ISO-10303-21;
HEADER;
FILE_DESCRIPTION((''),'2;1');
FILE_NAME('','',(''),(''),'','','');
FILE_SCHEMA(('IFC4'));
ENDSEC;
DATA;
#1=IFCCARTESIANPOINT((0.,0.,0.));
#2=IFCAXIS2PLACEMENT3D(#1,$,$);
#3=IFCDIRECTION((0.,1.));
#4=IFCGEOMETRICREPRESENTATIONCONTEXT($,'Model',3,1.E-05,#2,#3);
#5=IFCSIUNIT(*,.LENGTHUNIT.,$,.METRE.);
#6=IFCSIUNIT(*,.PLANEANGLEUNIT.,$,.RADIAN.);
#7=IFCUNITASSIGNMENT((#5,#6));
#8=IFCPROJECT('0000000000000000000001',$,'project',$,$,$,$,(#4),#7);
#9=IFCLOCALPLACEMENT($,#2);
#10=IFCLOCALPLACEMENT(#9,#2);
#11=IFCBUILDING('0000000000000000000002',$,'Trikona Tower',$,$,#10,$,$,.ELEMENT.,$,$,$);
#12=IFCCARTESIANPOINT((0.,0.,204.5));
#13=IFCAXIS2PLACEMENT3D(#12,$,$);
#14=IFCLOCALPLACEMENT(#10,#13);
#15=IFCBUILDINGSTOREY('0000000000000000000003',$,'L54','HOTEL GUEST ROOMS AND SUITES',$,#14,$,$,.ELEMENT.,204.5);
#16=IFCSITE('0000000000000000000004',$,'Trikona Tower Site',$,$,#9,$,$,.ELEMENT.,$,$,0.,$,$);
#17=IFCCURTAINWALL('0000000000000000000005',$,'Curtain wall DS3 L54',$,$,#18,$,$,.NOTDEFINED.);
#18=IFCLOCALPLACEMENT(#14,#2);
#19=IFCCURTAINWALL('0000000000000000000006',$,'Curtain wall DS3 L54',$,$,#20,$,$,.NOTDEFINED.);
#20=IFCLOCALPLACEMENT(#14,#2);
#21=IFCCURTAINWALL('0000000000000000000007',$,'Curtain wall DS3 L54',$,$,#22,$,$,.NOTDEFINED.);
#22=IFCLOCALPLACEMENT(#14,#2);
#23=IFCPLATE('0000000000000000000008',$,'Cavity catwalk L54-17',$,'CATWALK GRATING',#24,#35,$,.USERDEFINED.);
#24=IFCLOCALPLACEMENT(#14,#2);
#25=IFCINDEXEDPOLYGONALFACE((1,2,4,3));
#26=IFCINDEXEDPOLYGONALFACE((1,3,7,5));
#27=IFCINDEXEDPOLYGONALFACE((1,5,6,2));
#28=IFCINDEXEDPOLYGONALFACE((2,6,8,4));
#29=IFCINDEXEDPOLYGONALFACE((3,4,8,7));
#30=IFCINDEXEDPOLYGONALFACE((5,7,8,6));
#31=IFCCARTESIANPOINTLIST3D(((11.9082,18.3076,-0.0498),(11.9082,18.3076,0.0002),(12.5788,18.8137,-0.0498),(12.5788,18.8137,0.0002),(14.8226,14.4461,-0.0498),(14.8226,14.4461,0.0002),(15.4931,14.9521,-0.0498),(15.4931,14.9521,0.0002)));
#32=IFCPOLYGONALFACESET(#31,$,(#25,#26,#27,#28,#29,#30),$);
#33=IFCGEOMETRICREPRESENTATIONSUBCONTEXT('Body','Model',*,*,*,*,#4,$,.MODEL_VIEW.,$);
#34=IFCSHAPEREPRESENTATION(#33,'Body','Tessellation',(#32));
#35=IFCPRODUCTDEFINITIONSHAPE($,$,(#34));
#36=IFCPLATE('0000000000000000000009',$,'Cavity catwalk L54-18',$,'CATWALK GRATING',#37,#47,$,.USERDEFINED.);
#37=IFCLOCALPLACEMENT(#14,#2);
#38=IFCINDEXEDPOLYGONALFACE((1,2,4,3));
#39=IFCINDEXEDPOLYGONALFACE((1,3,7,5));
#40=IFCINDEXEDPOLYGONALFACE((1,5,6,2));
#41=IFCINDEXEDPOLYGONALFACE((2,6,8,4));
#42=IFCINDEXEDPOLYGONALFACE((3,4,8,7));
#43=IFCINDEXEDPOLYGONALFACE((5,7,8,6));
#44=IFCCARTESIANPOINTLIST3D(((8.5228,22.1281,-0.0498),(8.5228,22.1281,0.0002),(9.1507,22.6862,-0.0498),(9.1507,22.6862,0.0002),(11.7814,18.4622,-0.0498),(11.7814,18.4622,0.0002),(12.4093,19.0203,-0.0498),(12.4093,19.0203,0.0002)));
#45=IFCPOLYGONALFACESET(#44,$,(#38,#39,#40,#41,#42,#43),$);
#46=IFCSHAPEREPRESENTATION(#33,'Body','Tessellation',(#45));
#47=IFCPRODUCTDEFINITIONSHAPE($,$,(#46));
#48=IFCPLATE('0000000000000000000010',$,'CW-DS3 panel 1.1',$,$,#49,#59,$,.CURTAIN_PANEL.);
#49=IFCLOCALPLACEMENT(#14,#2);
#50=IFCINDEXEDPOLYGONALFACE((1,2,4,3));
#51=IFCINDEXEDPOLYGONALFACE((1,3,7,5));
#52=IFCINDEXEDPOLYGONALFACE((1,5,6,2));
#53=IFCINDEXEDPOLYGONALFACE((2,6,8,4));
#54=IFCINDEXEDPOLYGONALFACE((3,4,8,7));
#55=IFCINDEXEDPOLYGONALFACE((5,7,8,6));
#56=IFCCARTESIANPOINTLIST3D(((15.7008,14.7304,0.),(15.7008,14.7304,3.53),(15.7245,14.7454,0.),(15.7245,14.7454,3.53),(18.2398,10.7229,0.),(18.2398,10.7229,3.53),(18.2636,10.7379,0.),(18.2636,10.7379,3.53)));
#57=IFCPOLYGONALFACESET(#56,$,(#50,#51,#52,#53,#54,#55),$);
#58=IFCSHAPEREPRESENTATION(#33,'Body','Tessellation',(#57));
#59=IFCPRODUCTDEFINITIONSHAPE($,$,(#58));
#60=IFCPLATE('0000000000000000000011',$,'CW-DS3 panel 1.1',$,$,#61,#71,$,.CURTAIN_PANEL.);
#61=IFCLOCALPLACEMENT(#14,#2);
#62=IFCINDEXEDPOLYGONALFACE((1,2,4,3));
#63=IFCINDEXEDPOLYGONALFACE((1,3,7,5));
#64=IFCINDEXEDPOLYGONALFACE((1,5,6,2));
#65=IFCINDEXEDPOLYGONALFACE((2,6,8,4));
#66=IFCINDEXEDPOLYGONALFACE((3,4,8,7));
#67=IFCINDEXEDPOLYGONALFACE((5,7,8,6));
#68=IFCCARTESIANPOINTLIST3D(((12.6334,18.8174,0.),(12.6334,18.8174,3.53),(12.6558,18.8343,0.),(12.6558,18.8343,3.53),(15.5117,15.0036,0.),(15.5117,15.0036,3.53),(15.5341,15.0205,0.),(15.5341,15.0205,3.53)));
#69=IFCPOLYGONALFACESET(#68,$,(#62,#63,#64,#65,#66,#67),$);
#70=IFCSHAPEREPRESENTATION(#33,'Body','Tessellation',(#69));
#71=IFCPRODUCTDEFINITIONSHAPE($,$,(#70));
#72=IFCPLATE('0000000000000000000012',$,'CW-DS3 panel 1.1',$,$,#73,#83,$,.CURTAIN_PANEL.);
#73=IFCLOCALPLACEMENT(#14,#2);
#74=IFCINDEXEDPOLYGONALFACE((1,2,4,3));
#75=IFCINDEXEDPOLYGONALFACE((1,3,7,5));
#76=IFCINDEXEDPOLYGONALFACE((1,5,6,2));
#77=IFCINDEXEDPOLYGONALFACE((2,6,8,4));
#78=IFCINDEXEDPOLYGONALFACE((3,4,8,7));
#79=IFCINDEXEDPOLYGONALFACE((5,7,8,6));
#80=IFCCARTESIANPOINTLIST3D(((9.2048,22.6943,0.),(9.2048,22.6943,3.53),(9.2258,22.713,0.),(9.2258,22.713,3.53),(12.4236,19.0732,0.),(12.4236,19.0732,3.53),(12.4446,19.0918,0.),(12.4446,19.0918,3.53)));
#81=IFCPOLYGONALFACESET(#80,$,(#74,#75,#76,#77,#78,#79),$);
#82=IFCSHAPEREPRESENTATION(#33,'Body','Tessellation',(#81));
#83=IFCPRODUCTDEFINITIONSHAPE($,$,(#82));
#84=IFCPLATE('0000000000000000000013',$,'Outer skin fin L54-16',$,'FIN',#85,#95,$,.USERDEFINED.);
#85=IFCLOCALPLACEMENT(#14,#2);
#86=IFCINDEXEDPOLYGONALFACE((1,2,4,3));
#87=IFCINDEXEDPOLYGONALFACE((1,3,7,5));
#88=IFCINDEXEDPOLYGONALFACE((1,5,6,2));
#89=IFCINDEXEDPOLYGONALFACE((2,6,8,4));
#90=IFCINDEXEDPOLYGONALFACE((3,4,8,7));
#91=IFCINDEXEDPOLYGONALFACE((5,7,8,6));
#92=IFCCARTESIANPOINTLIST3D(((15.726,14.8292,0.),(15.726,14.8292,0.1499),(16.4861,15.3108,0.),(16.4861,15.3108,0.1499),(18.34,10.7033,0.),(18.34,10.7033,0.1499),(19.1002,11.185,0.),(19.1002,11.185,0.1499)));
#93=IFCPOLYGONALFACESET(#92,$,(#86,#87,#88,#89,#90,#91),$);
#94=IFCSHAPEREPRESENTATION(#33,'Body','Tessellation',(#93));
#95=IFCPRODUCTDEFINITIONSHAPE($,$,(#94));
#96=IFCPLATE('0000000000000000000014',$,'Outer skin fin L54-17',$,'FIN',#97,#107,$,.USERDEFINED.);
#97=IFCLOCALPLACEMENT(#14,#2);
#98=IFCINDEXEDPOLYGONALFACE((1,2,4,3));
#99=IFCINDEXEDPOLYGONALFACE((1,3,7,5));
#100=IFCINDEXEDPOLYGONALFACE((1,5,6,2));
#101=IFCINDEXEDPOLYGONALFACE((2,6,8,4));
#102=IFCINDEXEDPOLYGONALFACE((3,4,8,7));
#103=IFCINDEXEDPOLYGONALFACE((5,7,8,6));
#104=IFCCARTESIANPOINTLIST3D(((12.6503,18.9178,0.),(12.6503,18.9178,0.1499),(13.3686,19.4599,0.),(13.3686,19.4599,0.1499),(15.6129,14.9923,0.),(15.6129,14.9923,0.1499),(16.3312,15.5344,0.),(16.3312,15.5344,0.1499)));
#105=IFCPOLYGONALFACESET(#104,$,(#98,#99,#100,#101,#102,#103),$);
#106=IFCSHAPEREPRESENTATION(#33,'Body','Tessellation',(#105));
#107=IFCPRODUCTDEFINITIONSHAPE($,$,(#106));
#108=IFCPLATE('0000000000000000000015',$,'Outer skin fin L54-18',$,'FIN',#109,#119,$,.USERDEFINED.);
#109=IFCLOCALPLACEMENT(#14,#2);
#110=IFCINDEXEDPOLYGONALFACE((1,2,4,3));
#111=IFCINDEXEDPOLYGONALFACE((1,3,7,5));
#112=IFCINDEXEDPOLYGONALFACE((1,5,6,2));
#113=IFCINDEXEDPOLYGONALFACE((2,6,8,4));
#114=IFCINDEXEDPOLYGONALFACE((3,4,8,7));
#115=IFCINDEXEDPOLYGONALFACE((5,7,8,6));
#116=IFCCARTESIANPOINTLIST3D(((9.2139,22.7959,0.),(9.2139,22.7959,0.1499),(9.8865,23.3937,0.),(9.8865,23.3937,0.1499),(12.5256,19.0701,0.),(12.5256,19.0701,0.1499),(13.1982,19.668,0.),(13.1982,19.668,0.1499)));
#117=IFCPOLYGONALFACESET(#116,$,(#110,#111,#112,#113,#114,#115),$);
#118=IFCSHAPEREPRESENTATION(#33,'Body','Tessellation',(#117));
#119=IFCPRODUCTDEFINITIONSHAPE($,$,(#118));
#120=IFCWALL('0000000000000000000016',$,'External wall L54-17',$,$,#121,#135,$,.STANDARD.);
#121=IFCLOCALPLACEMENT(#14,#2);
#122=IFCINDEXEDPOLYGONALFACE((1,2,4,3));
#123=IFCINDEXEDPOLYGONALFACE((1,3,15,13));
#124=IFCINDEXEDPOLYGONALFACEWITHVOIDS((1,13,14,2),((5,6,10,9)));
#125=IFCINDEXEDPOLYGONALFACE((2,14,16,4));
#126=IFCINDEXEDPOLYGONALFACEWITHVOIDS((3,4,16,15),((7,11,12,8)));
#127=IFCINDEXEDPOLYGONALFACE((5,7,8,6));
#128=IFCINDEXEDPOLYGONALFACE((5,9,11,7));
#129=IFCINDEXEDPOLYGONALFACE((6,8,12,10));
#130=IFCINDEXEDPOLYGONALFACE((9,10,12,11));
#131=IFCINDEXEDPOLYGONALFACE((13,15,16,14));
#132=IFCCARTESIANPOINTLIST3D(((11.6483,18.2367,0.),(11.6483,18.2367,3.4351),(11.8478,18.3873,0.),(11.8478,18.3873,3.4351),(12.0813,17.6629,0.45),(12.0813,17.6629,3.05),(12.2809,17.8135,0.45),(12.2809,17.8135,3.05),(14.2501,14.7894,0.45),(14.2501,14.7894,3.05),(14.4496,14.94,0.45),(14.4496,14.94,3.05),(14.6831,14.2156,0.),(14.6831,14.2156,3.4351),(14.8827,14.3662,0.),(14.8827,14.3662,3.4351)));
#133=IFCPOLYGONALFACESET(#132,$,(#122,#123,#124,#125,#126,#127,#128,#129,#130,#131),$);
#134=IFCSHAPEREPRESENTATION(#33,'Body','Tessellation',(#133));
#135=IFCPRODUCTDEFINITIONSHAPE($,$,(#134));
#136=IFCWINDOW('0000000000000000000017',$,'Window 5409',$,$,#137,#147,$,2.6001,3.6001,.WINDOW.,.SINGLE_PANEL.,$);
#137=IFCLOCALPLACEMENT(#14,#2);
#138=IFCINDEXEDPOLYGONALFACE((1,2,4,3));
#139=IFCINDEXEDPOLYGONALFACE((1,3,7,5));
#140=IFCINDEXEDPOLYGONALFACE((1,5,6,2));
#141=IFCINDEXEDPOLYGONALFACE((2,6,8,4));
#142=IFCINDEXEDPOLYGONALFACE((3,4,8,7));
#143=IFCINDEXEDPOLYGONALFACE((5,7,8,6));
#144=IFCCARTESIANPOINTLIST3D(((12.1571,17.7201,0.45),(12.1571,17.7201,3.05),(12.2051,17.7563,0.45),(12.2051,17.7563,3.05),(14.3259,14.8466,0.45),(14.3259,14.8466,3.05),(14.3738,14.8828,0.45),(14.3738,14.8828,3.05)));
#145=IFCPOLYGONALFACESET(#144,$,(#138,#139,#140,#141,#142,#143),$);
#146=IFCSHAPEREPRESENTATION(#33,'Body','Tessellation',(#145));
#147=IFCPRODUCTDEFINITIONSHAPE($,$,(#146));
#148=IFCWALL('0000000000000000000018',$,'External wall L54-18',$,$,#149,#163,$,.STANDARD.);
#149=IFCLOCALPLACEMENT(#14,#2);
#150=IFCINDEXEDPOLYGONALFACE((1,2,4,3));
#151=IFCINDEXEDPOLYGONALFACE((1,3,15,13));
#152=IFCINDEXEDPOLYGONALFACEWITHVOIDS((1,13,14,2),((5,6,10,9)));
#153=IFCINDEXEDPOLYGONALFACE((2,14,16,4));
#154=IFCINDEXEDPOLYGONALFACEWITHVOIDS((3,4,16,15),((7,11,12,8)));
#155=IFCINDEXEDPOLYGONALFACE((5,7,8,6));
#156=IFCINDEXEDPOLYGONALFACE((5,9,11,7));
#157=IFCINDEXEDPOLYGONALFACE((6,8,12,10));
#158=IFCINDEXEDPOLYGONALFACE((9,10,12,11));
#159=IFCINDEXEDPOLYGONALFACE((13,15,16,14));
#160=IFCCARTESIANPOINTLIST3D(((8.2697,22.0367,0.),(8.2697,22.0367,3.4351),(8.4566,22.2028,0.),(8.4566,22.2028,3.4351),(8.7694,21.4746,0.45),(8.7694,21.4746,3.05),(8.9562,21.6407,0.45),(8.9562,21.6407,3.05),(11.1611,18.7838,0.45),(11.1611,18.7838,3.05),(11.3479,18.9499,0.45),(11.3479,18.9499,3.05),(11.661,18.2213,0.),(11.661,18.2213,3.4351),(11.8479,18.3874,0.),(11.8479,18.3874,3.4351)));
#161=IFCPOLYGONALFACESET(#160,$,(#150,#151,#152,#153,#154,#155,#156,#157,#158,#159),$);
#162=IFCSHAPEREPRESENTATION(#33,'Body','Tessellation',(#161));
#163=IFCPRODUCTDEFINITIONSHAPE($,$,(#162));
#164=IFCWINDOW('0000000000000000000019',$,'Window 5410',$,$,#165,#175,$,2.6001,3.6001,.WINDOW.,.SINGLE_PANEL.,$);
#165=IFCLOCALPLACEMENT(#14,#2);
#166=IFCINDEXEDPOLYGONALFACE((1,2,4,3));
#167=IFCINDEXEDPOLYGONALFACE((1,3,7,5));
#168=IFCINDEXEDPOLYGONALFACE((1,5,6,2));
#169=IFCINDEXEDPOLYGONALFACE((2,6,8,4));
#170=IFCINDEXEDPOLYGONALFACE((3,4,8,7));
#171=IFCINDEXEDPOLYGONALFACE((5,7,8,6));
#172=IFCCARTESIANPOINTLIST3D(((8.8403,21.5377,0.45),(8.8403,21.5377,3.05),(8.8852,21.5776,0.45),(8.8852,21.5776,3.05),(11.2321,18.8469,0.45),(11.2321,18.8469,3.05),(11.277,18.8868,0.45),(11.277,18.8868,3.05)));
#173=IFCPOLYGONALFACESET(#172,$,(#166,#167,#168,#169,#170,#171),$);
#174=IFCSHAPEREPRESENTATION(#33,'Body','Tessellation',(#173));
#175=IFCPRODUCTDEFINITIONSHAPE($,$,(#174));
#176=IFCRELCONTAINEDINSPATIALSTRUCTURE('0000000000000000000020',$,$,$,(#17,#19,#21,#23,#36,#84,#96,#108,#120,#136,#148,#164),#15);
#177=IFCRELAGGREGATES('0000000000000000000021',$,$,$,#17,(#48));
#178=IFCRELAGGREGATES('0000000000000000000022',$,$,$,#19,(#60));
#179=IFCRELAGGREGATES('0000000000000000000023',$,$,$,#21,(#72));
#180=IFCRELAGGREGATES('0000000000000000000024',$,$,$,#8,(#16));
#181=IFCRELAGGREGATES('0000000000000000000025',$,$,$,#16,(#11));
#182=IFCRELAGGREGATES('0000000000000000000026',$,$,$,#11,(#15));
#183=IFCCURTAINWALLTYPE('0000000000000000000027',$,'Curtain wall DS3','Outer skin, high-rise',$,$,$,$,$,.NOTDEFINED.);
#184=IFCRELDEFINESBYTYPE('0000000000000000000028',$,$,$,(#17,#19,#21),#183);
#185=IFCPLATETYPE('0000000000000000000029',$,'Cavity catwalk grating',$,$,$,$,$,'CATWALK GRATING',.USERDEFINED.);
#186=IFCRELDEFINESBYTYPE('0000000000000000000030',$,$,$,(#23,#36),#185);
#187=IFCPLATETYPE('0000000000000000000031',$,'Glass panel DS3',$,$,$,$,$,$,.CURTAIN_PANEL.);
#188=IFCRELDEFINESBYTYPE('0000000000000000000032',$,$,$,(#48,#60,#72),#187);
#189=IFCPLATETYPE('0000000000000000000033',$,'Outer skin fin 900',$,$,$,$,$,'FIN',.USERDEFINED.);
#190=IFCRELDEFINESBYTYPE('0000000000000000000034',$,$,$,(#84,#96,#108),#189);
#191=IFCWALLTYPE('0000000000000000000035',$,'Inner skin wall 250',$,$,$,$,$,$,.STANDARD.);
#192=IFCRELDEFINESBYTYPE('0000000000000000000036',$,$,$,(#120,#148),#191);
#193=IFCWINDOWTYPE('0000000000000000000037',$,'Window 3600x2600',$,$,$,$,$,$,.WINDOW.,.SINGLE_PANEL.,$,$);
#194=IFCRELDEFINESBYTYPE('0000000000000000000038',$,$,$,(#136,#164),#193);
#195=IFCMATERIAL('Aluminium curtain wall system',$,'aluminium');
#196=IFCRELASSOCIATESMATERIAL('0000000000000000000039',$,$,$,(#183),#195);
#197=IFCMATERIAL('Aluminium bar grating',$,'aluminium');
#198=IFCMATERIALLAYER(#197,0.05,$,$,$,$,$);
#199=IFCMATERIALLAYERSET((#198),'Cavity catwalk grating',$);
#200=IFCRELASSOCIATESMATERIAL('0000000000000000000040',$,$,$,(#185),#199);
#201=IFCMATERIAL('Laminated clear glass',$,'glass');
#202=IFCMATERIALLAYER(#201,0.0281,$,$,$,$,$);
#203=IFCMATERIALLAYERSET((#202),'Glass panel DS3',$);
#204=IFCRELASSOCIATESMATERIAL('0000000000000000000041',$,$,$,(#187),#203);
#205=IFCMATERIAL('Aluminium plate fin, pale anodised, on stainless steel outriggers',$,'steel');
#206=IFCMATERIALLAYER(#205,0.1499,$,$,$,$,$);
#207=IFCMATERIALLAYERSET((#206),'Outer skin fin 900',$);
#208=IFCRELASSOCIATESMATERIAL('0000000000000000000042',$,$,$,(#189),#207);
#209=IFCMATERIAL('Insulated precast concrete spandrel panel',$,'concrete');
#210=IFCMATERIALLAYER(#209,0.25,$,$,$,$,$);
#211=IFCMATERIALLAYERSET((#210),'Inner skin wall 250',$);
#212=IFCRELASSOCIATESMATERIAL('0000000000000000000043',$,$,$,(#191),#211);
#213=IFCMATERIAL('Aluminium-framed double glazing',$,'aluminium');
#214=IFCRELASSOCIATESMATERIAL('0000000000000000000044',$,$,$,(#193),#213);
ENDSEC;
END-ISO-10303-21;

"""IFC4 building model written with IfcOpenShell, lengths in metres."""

from ifc_helpers import new_model, si_unit, direction, frame, frame_2d, origin, origin_2d, place, context, subcontext, project, spatial, rectangle, extrude, material, layer, layer_set, type_object, element, fill, aggregate, save


model = new_model("IFC4")

# Units and contexts
model_context = context("Model", 3, precision=1e-05, world=origin(), true_north=direction((0.0, 1.0)))
body_context = subcontext(model_context, "Body", "Model", "MODEL_VIEW")
ifc_project = project(units=[si_unit("LENGTHUNIT", "METRE"), si_unit("PLANEANGLEUNIT", "RADIAN")], contexts=[model_context])

# Site, building, storey
site_placement = place(None, origin())
site = spatial("IfcSite", under=ifc_project, at=site_placement, Name="Trikona Tower Site", CompositionType="ELEMENT", RefElevation=0.0)
building_placement = place(site_placement, origin())
building = spatial("IfcBuilding", under=site, at=building_placement, Name="Trikona Tower", CompositionType="ELEMENT")
storey_placement = place(building_placement, frame((0.0, 0.0, 204.5)))
storey = spatial("IfcBuildingStorey", under=building, at=storey_placement, Name="L54", Description="HOTEL GUEST ROOMS AND SUITES", CompositionType="ELEMENT", Elevation=204.5)

# Curtain wall
ifc_material_1 = material(Name="Aluminium curtain wall system", Category="aluminium")
curtain_wall_type = type_object("IfcCurtainWallType", Name="Curtain wall DS3", Description="Outer skin, high-rise", PredefinedType="NOTDEFINED", material=ifc_material_1)
curtain_wall_1_placement = place(storey_placement, origin())
curtain_wall_1 = element("IfcCurtainWall", 1, at=curtain_wall_1_placement, inside=storey, type_object=curtain_wall_type, Name="Curtain wall DS3 L54", PredefinedType="NOTDEFINED")

# Curtain walls
curtain_wall_2_placement = place(storey_placement, origin())
curtain_wall_2 = element("IfcCurtainWall", 2, at=curtain_wall_2_placement, inside=storey, type_object=curtain_wall_type, Name="Curtain wall DS3 L54", PredefinedType="NOTDEFINED")
curtain_wall_3_placement = place(storey_placement, origin())
curtain_wall_3 = element("IfcCurtainWall", 3, at=curtain_wall_3_placement, inside=storey, type_object=curtain_wall_type, Name="Curtain wall DS3 L54", PredefinedType="NOTDEFINED")

# Plates
ifc_material_2 = material(Name="Aluminium bar grating", Category="aluminium")
ifc_layer_1 = layer(ifc_material_2, 0.05)
ifc_layer_set_1 = layer_set([ifc_layer_1], Name="Cavity catwalk grating")
plate_type_1 = type_object("IfcPlateType", Name="Cavity catwalk grating", ElementType="CATWALK GRATING", PredefinedType="USERDEFINED", material=ifc_layer_set_1)
plate_1_placement = place(storey_placement, frame((13.7007, 16.6299, -0.0498), z_axis=(0.0, 0.0, 1.0), x_axis=(-0.602402, 0.798193, 0.0)))
element("IfcPlate", 4, at=plate_1_placement, inside=storey, type_object=plate_type_1, Name="Cavity catwalk L54-17", ObjectType="CATWALK GRATING", PredefinedType="USERDEFINED", context=body_context, shape_type="SweptSolid", body=[
    extrude(rectangle(XDim=4.8379, YDim=0.8401, at=origin_2d()), origin(), (0.0, 0.0, 1.0), 0.05),
])
plate_2_placement = place(storey_placement, frame((10.4661, 20.5742, -0.0498), z_axis=(0.0, 0.0, 1.0), x_axis=(-0.664367, 0.747406, 0.0)))
element("IfcPlate", 5, at=plate_2_placement, inside=storey, type_object=plate_type_1, Name="Cavity catwalk L54-18", ObjectType="CATWALK GRATING", PredefinedType="USERDEFINED", context=body_context, shape_type="SweptSolid", body=[
    extrude(rectangle(XDim=4.9048, YDim=0.8401, at=origin_2d()), origin(), (0.0, 0.0, 1.0), 0.05),
])

# Plates
ifc_material_3 = material(Name="Laminated clear glass", Category="glass")
ifc_layer_2 = layer(ifc_material_3, 0.0281)
ifc_layer_set_2 = layer_set([ifc_layer_2], Name="Glass panel DS3")
plate_type_2 = type_object("IfcPlateType", Name="Glass panel DS3", PredefinedType="CURTAIN_PANEL", material=ifc_layer_set_2)
plate_3_placement = place(storey_placement, frame((16.9822, 12.7341, 0.0), z_axis=(0.0, 0.0, 1.0), x_axis=(-0.535197, 0.844727, 0.0)))
plate_3 = element("IfcPlate", 6, at=plate_3_placement, type_object=plate_type_2, Name="CW-DS3 panel 1.1", PredefinedType="CURTAIN_PANEL", context=body_context, shape_type="SweptSolid", body=[
    extrude(rectangle(XDim=4.7441, YDim=0.0281, at=origin_2d()), origin(), (0.0, 0.0, 1.0), 3.53),
])
aggregate(curtain_wall_1, [plate_3])
plate_4_placement = place(storey_placement, frame((14.0837, 16.9189, 0.0), z_axis=(0.0, 0.0, 1.0), x_axis=(-0.602402, 0.798193, 0.0)))
plate_4 = element("IfcPlate", 7, at=plate_4_placement, type_object=plate_type_2, Name="CW-DS3 panel 1.1", PredefinedType="CURTAIN_PANEL", context=body_context, shape_type="SweptSolid", body=[
    extrude(rectangle(XDim=4.7781, YDim=0.0281, at=origin_2d()), origin(), (0.0, 0.0, 1.0), 3.53),
])
aggregate(curtain_wall_2, [plate_4])
plate_5_placement = place(storey_placement, frame((10.8247, 20.8931, 0.0), z_axis=(0.0, 0.0, 1.0), x_axis=(-0.664371, 0.747403, 0.0)))
plate_5 = element("IfcPlate", 8, at=plate_5_placement, type_object=plate_type_2, Name="CW-DS3 panel 1.1", PredefinedType="CURTAIN_PANEL", context=body_context, shape_type="SweptSolid", body=[
    extrude(rectangle(XDim=4.845, YDim=0.0281, at=origin_2d()), origin(), (0.0, 0.0, 1.0), 3.53),
])
aggregate(curtain_wall_3, [plate_5])

# Plates
ifc_material_4 = material(Name="Aluminium plate fin, pale anodised, on stainless steel outriggers", Category="steel")
ifc_layer_3 = layer(ifc_material_4, 0.1499)
ifc_layer_set_3 = layer_set([ifc_layer_3], Name="Outer skin fin 900")
plate_type_3 = type_object("IfcPlateType", Name="Outer skin fin 900", ElementType="FIN", PredefinedType="USERDEFINED", material=ifc_layer_set_3)
plate_6_placement = place(storey_placement, frame((17.4131, 13.0071, 0.0), z_axis=(0.0, 0.0, 1.0), x_axis=(-0.535205, 0.844722, 0.0)))
element("IfcPlate", 9, at=plate_6_placement, inside=storey, type_object=plate_type_3, Name="Outer skin fin L54-16", ObjectType="FIN", PredefinedType="USERDEFINED", context=body_context, shape_type="SweptSolid", body=[
    extrude(rectangle(XDim=4.8843, YDim=0.8999, at=origin_2d()), origin(), (0.0, 0.0, 1.0), 0.1499),
])
plate_7_placement = place(storey_placement, frame((14.4907, 17.2261, 0.0), z_axis=(0.0, 0.0, 1.0), x_axis=(-0.602402, 0.798193, 0.0)))
element("IfcPlate", 10, at=plate_7_placement, inside=storey, type_object=plate_type_3, Name="Outer skin fin L54-17", ObjectType="FIN", PredefinedType="USERDEFINED", context=body_context, shape_type="SweptSolid", body=[
    extrude(rectangle(XDim=4.918, YDim=0.8999, at=origin_2d()), origin(), (0.0, 0.0, 1.0), 0.1499),
])
plate_8_placement = place(storey_placement, frame((11.2061, 21.2319, 0.0), z_axis=(0.0, 0.0, 1.0), x_axis=(-0.664367, 0.747406, 0.0)))
element("IfcPlate", 11, at=plate_8_placement, inside=storey, type_object=plate_type_3, Name="Outer skin fin L54-18", ObjectType="FIN", PredefinedType="USERDEFINED", context=body_context, shape_type="SweptSolid", body=[
    extrude(rectangle(XDim=4.9849, YDim=0.8999, at=origin_2d()), origin(), (0.0, 0.0, 1.0), 0.1499),
])

# Walls, openings, windows
ifc_material_5 = material(Name="Insulated precast concrete spandrel panel", Category="concrete")
ifc_layer_4 = layer(ifc_material_5, 0.25)
ifc_layer_set_4 = layer_set([ifc_layer_4], Name="Inner skin wall 250")
wall_type = type_object("IfcWallType", Name="Inner skin wall 250", PredefinedType="STANDARD", material=ifc_layer_set_4)
wall_1_placement = place(storey_placement, frame((14.783, 14.2908, 0.0), z_axis=(0.0, 0.0, 1.0), x_axis=(-0.602409, 0.798188, 0.0)))
wall_1 = element("IfcWall", 12, at=wall_1_placement, inside=storey, type_object=wall_type, Name="External wall L54-17", PredefinedType="STANDARD", context=body_context, shape_type="SweptSolid", body=[
    extrude(rectangle(XDim=5.0378, YDim=0.25, at=frame_2d((2.519, 0.0))), origin(), (0.0, 0.0, 1.0), 3.4351),
])
opening_1_placement = place(wall_1_placement, frame((0.719, 0.0, 0.45)))
opening_1 = element("IfcOpeningElement", 13, at=opening_1_placement, cuts=wall_1, PredefinedType="OPENING", context=body_context, shape_type="SweptSolid", body=[
    extrude(rectangle(XDim=3.6001, YDim=2.6001, at=frame_2d((1.8, 1.3))), frame((0.0, 0.135, 0.0), z_axis=(0.0, -1.0, 0.0), x_axis=(1.0, 0.0, 0.0)), (0.0, 0.0, 1.0), 0.27),
])
ifc_material_6 = material(Name="Aluminium-framed double glazing", Category="aluminium")
window_type = type_object("IfcWindowType", Name="Window 3600x2600", PartitioningType="SINGLE_PANEL", PredefinedType="WINDOW", material=ifc_material_6)
window_1_placement = place(opening_1_placement, origin())
window_1 = element("IfcWindow", 14, at=window_1_placement, inside=storey, type_object=window_type, Name="Window 5409", OverallHeight=2.6001, OverallWidth=3.6001, PartitioningType="SINGLE_PANEL", PredefinedType="WINDOW", context=body_context, shape_type="SweptSolid", body=[
    extrude(rectangle(XDim=3.6001, YDim=2.6001, at=frame_2d((1.8, 1.3))), frame((0.0, 0.03, 0.0), z_axis=(0.0, -1.0, 0.0), x_axis=(1.0, 0.0, 0.0)), (0.0, 0.0, 1.0), 0.0601),
])
fill(opening_1, window_1)
wall_2_placement = place(storey_placement, frame((11.7544, 18.3044, 0.0), z_axis=(0.0, 0.0, 1.0), x_axis=(-0.664349, 0.747423, 0.0)))
wall_2 = element("IfcWall", 15, at=wall_2_placement, inside=storey, type_object=wall_type, Name="External wall L54-18", PredefinedType="STANDARD", context=body_context, shape_type="SweptSolid", body=[
    extrude(rectangle(XDim=5.1047, YDim=0.25, at=frame_2d((2.5522, 0.0))), origin(), (0.0, 0.0, 1.0), 3.4351),
])
opening_2_placement = place(wall_2_placement, frame((0.7524, 0.0, 0.45)))
opening_2 = element("IfcOpeningElement", 16, at=opening_2_placement, cuts=wall_2, PredefinedType="OPENING", context=body_context, shape_type="SweptSolid", body=[
    extrude(rectangle(XDim=3.6001, YDim=2.6001, at=frame_2d((1.8, 1.3))), frame((0.0, 0.135, 0.0), z_axis=(0.0, -1.0, 0.0), x_axis=(1.0, 0.0, 0.0)), (0.0, 0.0, 1.0), 0.27),
])
window_2_placement = place(opening_2_placement, origin())
window_2 = element("IfcWindow", 17, at=window_2_placement, inside=storey, type_object=window_type, Name="Window 5410", OverallHeight=2.6001, OverallWidth=3.6001, PartitioningType="SINGLE_PANEL", PredefinedType="WINDOW", context=body_context, shape_type="SweptSolid", body=[
    extrude(rectangle(XDim=3.6001, YDim=2.6001, at=frame_2d((1.8, 1.3))), frame((0.0, 0.03, 0.0), z_axis=(0.0, -1.0, 0.0), x_axis=(1.0, 0.0, 0.0)), (0.0, 0.0, 1.0), 0.0601),
])
fill(opening_2, window_2)

save(model, "model.ifc")
